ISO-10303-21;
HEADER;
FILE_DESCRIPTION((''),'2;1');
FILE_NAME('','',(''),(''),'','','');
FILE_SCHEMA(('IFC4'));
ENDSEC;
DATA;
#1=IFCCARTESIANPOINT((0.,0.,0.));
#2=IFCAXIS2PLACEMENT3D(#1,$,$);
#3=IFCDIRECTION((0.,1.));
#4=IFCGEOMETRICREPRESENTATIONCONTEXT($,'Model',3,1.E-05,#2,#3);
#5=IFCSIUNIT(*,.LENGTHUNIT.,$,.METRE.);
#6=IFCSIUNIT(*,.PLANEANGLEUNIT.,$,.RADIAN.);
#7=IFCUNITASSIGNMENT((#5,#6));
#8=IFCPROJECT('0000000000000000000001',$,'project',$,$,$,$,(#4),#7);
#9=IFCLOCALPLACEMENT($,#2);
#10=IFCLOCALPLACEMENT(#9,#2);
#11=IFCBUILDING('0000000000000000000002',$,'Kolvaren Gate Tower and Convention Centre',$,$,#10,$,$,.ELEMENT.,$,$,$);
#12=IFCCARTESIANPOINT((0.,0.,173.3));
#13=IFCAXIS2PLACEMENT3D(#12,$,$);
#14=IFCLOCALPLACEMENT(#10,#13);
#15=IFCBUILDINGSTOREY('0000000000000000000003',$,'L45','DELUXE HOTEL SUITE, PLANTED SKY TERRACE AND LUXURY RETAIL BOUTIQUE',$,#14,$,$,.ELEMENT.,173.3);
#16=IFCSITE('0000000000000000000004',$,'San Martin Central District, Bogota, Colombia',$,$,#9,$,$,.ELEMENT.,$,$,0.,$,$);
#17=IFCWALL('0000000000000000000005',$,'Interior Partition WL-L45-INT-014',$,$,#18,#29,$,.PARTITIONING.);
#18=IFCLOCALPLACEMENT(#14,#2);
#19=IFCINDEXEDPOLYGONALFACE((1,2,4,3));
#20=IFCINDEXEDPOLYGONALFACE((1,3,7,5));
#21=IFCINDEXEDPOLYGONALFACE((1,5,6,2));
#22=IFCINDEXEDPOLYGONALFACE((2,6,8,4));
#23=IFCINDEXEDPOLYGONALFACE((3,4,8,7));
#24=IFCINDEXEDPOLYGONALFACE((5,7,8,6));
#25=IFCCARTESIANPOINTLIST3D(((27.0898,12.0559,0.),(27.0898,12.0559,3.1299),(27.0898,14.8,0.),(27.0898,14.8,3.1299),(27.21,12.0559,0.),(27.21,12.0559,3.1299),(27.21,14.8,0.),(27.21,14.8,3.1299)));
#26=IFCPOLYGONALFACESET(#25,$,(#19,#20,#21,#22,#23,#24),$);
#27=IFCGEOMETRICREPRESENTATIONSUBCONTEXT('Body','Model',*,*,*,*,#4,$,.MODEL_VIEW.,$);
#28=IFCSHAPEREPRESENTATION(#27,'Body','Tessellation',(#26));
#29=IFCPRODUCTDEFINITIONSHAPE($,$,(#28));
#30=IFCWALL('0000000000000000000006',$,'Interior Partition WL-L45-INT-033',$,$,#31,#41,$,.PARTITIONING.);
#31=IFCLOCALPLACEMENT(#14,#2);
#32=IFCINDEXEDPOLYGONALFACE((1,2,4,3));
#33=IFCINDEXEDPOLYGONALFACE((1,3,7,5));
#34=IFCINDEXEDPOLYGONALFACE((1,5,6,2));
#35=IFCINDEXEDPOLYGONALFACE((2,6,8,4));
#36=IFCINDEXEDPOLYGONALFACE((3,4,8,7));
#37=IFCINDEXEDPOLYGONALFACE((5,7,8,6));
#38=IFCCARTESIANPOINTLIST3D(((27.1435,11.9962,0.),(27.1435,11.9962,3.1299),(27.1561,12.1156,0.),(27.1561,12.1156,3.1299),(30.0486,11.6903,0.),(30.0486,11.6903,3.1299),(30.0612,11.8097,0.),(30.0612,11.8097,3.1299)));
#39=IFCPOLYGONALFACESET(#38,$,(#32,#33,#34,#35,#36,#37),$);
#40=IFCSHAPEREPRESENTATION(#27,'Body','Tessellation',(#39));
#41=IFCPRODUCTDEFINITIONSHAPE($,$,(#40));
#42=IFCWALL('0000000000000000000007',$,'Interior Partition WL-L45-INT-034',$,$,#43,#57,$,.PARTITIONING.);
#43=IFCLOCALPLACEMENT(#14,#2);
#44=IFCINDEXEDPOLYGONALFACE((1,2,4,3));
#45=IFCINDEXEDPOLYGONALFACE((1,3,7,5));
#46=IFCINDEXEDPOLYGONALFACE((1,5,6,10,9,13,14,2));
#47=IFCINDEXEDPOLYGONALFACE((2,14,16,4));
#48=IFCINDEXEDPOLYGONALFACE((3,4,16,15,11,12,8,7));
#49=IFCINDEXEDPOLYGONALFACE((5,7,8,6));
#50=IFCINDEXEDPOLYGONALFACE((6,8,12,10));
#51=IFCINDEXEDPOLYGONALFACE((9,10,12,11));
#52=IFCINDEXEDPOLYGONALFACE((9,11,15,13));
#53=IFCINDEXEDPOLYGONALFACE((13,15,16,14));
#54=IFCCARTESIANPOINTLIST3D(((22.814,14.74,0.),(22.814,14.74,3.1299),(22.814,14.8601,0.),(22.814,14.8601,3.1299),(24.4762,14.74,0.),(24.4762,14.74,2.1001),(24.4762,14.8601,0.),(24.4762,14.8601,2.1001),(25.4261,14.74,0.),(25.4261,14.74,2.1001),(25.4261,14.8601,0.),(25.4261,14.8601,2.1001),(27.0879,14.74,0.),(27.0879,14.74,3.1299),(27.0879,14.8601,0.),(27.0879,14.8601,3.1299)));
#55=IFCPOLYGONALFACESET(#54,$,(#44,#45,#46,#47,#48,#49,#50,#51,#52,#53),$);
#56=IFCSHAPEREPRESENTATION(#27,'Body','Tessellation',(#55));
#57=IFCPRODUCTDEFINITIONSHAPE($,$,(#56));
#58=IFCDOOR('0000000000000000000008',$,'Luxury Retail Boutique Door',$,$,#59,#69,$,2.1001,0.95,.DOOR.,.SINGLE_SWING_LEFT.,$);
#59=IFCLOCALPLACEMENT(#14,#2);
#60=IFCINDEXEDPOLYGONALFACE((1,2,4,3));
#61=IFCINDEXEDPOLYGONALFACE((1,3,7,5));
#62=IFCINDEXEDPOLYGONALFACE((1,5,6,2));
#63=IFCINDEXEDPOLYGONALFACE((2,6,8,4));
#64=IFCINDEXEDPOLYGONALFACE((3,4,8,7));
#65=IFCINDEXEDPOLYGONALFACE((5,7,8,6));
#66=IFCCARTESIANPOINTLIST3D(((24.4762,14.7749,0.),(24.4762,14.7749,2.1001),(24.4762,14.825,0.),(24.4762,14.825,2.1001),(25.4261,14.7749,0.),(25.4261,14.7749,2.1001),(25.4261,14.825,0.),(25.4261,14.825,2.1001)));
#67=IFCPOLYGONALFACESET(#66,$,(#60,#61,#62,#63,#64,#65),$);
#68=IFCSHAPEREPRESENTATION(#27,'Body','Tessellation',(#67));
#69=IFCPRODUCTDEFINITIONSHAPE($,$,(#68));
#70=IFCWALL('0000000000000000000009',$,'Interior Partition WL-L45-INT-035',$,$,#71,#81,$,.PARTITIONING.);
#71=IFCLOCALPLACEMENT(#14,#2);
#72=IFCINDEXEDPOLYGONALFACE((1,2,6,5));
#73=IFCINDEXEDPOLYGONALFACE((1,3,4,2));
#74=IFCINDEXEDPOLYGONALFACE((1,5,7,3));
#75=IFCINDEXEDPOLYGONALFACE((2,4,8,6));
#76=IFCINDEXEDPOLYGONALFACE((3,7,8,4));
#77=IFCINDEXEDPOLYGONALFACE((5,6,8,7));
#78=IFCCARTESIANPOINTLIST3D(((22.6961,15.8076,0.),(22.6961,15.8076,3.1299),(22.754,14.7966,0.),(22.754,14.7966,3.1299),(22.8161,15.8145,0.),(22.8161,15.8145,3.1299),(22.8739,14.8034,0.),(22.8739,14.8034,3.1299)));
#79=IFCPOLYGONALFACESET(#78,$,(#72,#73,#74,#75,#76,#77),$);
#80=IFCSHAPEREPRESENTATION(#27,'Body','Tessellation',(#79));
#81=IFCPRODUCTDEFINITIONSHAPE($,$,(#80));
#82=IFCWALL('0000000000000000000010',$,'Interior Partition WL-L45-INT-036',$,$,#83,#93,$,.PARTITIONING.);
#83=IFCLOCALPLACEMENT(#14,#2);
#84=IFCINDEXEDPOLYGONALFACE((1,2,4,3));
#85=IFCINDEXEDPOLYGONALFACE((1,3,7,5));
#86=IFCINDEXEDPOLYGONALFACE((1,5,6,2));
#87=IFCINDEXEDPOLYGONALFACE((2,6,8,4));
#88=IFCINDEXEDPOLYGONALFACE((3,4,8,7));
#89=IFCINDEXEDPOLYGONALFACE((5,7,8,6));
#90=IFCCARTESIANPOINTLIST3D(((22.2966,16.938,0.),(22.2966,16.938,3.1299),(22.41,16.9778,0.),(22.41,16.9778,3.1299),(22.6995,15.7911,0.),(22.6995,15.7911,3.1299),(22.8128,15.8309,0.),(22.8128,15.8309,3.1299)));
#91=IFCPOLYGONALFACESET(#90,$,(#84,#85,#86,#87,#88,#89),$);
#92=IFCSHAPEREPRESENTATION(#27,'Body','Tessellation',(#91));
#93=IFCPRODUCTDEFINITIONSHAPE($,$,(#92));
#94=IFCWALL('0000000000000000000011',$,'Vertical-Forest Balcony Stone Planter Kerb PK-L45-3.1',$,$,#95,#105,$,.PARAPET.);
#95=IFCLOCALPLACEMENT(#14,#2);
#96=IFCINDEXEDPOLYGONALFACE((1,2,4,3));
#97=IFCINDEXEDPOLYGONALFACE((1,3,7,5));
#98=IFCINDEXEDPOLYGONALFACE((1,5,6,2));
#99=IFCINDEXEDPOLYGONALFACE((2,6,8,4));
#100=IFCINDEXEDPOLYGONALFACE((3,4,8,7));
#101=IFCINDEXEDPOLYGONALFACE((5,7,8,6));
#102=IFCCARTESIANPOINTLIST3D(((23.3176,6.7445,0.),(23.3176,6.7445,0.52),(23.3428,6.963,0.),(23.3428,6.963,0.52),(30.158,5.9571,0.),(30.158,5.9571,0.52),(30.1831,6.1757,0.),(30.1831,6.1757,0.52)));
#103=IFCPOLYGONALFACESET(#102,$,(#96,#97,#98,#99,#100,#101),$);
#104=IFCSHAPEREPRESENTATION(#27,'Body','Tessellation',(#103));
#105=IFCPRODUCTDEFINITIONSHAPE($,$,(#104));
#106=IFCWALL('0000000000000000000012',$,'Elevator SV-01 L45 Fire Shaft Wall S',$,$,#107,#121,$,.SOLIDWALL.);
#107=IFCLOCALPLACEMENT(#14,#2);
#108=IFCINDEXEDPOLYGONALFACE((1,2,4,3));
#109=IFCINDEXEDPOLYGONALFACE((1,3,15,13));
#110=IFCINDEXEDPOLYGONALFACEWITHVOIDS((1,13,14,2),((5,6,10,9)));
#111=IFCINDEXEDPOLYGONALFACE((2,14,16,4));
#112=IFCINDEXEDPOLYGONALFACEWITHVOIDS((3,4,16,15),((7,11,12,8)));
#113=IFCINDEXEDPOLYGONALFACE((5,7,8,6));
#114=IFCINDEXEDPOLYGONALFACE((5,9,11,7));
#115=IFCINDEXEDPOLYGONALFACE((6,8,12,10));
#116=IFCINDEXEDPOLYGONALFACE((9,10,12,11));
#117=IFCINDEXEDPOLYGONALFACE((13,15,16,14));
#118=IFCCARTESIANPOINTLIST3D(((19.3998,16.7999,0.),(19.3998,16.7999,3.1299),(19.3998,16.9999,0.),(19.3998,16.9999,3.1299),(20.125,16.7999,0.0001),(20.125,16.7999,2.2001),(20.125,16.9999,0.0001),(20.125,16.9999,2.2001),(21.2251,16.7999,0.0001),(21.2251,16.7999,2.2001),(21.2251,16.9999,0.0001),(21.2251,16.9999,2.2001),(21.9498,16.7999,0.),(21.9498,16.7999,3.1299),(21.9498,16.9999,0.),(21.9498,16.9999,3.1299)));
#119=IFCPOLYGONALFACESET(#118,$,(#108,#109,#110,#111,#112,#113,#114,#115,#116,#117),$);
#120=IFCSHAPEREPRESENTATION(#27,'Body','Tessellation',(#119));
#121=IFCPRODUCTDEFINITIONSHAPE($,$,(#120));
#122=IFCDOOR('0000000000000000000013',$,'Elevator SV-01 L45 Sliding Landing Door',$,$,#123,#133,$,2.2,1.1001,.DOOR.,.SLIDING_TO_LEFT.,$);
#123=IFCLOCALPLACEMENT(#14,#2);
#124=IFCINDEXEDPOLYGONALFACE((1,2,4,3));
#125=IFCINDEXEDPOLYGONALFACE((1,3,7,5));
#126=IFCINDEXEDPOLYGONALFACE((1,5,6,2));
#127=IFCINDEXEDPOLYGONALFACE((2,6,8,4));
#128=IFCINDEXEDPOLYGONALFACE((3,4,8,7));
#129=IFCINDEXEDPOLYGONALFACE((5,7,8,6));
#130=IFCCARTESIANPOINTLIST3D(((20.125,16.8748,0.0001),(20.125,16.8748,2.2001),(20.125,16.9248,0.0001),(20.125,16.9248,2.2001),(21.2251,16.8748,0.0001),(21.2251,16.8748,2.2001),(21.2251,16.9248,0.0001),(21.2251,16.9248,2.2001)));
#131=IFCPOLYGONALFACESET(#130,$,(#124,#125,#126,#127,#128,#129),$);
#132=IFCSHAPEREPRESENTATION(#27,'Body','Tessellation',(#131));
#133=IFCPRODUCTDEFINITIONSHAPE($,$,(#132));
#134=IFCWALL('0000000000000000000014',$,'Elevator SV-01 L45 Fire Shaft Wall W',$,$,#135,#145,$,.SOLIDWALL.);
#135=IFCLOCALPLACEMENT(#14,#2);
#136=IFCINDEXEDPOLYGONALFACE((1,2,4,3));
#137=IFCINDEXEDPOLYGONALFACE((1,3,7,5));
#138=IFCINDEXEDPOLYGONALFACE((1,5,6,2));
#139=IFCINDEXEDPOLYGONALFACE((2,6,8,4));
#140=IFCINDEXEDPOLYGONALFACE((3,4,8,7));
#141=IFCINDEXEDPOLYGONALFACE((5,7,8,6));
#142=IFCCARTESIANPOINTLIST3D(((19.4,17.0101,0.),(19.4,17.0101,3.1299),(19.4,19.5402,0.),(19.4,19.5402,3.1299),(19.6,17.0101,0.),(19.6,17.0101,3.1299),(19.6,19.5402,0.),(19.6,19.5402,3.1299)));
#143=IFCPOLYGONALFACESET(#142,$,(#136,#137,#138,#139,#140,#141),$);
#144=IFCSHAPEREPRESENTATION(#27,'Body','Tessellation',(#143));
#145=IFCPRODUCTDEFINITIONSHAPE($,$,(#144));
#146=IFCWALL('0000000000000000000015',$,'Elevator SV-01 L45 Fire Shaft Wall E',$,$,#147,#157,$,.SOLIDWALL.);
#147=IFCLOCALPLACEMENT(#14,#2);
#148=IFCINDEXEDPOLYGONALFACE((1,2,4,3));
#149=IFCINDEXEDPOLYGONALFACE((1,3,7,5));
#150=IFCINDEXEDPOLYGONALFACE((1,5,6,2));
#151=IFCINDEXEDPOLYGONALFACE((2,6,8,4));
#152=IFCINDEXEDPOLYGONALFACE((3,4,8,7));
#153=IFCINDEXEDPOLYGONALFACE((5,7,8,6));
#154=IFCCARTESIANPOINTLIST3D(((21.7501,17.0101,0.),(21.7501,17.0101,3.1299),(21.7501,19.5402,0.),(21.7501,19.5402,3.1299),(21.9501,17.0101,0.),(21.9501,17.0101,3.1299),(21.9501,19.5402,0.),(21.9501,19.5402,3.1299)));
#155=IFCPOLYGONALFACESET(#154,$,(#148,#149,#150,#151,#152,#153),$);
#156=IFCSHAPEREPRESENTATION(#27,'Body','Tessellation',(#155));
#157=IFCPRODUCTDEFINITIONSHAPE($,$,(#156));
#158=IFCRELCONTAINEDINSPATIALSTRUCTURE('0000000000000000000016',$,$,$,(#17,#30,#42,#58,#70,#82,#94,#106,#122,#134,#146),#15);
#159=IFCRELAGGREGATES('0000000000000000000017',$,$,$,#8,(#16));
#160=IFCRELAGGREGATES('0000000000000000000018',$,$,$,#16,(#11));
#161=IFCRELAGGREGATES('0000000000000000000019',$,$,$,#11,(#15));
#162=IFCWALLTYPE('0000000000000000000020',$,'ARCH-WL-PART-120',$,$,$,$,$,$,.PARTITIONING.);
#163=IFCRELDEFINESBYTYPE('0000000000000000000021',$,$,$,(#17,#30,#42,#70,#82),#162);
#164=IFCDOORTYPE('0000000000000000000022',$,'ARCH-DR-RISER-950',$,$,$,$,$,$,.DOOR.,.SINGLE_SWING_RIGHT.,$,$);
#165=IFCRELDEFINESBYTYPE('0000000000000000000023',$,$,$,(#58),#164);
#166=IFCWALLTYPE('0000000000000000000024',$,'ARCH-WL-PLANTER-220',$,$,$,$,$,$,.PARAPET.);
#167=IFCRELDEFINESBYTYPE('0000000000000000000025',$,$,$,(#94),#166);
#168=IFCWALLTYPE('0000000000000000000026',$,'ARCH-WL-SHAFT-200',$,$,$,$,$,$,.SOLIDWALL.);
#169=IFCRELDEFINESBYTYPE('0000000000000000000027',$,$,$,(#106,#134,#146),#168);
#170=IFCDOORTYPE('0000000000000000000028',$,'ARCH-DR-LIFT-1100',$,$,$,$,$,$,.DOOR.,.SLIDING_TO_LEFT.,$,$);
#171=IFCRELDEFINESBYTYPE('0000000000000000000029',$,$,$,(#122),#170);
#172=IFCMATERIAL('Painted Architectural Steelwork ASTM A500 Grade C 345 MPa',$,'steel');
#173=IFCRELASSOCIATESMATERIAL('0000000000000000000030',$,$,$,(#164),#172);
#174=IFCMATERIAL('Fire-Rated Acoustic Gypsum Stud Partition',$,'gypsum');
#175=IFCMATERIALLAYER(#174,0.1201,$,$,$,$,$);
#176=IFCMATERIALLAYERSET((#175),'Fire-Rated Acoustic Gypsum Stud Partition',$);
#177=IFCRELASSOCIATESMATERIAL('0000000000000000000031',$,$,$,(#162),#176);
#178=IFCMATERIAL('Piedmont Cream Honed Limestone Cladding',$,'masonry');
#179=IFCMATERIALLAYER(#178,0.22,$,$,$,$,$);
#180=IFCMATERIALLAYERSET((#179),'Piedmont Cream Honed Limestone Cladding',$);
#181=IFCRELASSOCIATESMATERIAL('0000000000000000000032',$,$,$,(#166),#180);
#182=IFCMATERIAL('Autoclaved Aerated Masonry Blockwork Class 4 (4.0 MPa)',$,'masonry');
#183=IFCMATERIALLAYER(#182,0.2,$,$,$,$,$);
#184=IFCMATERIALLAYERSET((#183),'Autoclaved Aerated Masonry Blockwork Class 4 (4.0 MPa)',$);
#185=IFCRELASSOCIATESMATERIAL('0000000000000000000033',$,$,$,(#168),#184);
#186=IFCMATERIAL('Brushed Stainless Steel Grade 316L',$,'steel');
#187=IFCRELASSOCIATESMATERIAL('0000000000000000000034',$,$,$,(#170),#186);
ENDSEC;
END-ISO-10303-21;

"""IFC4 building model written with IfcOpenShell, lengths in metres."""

from ifc_helpers import new_model, si_unit, direction, frame, frame_2d, origin, place, context, subcontext, project, spatial, rectangle, extrude, material, layer, layer_set, type_object, element, fill, save


model = new_model("IFC4")

# Units and contexts
model_context = context("Model", 3, precision=1e-05, world=origin(), true_north=direction((0.0, 1.0)))
body_context = subcontext(model_context, "Body", "Model", "MODEL_VIEW")
ifc_project = project(units=[si_unit("LENGTHUNIT", "METRE"), si_unit("PLANEANGLEUNIT", "RADIAN")], contexts=[model_context])

# Site, building, storey
site_placement = place(None, origin())
site = spatial("IfcSite", under=ifc_project, at=site_placement, Name="San Martin Central District, Bogota, Colombia", CompositionType="ELEMENT", RefElevation=0.0)
building_placement = place(site_placement, origin())
building = spatial("IfcBuilding", under=site, at=building_placement, Name="Kolvaren Gate Tower and Convention Centre", CompositionType="ELEMENT")
storey_placement = place(building_placement, frame((0.0, 0.0, 173.3)))
storey = spatial("IfcBuildingStorey", under=building, at=storey_placement, Name="L45", Description="DELUXE HOTEL SUITE, PLANTED SKY TERRACE AND LUXURY RETAIL BOUTIQUE", CompositionType="ELEMENT", Elevation=173.3)

# Shared definitions
ifc_material_1 = material(Name="Autoclaved Aerated Masonry Blockwork Class 4 (4.0 MPa)", Category="masonry")
ifc_material_2 = material(Name="Painted Architectural Steelwork ASTM A500 Grade C 345 MPa", Category="steel")
door_type_1 = type_object("IfcDoorType", Name="ARCH-DR-RISER-950", OperationType="SINGLE_SWING_RIGHT", PredefinedType="DOOR", material=ifc_material_2)

# Walls
ifc_material_3 = material(Name="Fire-Rated Acoustic Gypsum Stud Partition", Category="gypsum")
ifc_layer_1 = layer(ifc_material_3, 0.1201)
ifc_layer_set_1 = layer_set([ifc_layer_1], Name="Fire-Rated Acoustic Gypsum Stud Partition")
wall_type_1 = type_object("IfcWallType", Name="ARCH-WL-PART-120", PredefinedType="PARTITIONING", material=ifc_layer_set_1)
wall_1_placement = place(storey_placement, frame((27.1499, 12.0559, 0.0), z_axis=(0.0, 0.0, 1.0), x_axis=(0.0, 1.0, 0.0)))
element("IfcWall", 1, at=wall_1_placement, inside=storey, type_object=wall_type_1, Name="Interior Partition WL-L45-INT-014", PredefinedType="PARTITIONING", context=body_context, shape_type="SweptSolid", body=[
    extrude(rectangle(XDim=2.7441, YDim=0.1201, at=frame_2d((1.3721, 0.0))), origin(), (0.0, 0.0, 1.0), 3.1299),
])
wall_2_placement = place(storey_placement, frame((27.1499, 12.0559, 0.0), z_axis=(0.0, 0.0, 1.0), x_axis=(0.994501, -0.104724, 0.0)))
element("IfcWall", 2, at=wall_2_placement, inside=storey, type_object=wall_type_1, Name="Interior Partition WL-L45-INT-033", PredefinedType="PARTITIONING", context=body_context, shape_type="SweptSolid", body=[
    extrude(rectangle(XDim=2.9211, YDim=0.1201, at=frame_2d((1.4604, 0.0))), origin(), (0.0, 0.0, 1.0), 3.1299),
])

# Wall, opening, door
wall_3_placement = place(storey_placement, frame((22.814, 14.8, 0.0), z_axis=(0.0, 0.0, 1.0), x_axis=(1.0, 0.0, 0.0)))
wall_3 = element("IfcWall", 3, at=wall_3_placement, inside=storey, type_object=wall_type_1, Name="Interior Partition WL-L45-INT-034", PredefinedType="PARTITIONING", context=body_context, shape_type="SweptSolid", body=[
    extrude(rectangle(XDim=4.2739, YDim=0.1201, at=frame_2d((2.137, 0.0))), origin(), (0.0, 0.0, 1.0), 3.1299),
])
opening_1_placement = place(wall_3_placement, frame((1.6621, 0.0, 0.0)))
opening_1 = element("IfcOpeningElement", 4, at=opening_1_placement, cuts=wall_3, PredefinedType="OPENING", context=body_context, shape_type="SweptSolid", body=[
    extrude(rectangle(XDim=0.95, YDim=2.1001, at=frame_2d((0.4751, 1.05))), frame((0.0, 0.0701, 0.0), z_axis=(0.0, -1.0, 0.0), x_axis=(1.0, 0.0, 0.0)), (0.0, 0.0, 1.0), 0.1401),
])
door_1_placement = place(opening_1_placement, origin())
door_1 = element("IfcDoor", 5, at=door_1_placement, inside=storey, type_object=door_type_1, Name="Luxury Retail Boutique Door", OperationType="SINGLE_SWING_LEFT", OverallHeight=2.1001, OverallWidth=0.95, PredefinedType="DOOR", context=body_context, shape_type="SweptSolid", body=[
    extrude(rectangle(XDim=0.95, YDim=2.1001, at=frame_2d((0.4751, 1.05))), frame((0.0, 0.0249, 0.0), z_axis=(0.0, -1.0, 0.0), x_axis=(1.0, 0.0, 0.0)), (0.0, 0.0, 1.0), 0.05),
])
fill(opening_1, door_1)

# Walls
wall_4_placement = place(storey_placement, frame((22.7561, 15.811, 0.0), z_axis=(0.0, 0.0, 1.0), x_axis=(0.057139, -0.998366, 0.0)))
element("IfcWall", 6, at=wall_4_placement, inside=storey, type_object=wall_type_1, Name="Interior Partition WL-L45-INT-035", PredefinedType="PARTITIONING", context=body_context, shape_type="SweptSolid", body=[
    extrude(rectangle(XDim=1.0127, YDim=0.1201, at=frame_2d((0.5063, 0.0))), origin(), (0.0, 0.0, 1.0), 3.1299),
])
wall_5_placement = place(storey_placement, frame((22.3533, 16.958, 0.0), z_axis=(0.0, 0.0, 1.0), x_axis=(0.33137, -0.943501, 0.0)))
element("IfcWall", 7, at=wall_5_placement, inside=storey, type_object=wall_type_1, Name="Interior Partition WL-L45-INT-036", PredefinedType="PARTITIONING", context=body_context, shape_type="SweptSolid", body=[
    extrude(rectangle(XDim=1.2156, YDim=0.1201, at=frame_2d((0.6079, 0.0))), origin(), (0.0, 0.0, 1.0), 3.1299),
])
ifc_material_4 = material(Name="Piedmont Cream Honed Limestone Cladding", Category="masonry")
ifc_layer_2 = layer(ifc_material_4, 0.22)
ifc_layer_set_2 = layer_set([ifc_layer_2], Name="Piedmont Cream Honed Limestone Cladding")
wall_type_2 = type_object("IfcWallType", Name="ARCH-WL-PLANTER-220", PredefinedType="PARAPET", material=ifc_layer_set_2)
wall_6_placement = place(storey_placement, frame((23.3301, 6.8538, 0.0), z_axis=(0.0, 0.0, 1.0), x_axis=(0.993441, -0.11435, 0.0)))
element("IfcWall", 8, at=wall_6_placement, inside=storey, type_object=wall_type_2, Name="Vertical-Forest Balcony Stone Planter Kerb PK-L45-3.1", PredefinedType="PARAPET", context=body_context, shape_type="SweptSolid", body=[
    extrude(rectangle(XDim=6.8855, YDim=0.22, at=frame_2d((3.4429, 0.0))), origin(), (0.0, 0.0, 1.0), 0.52),
])

# Wall, opening, door
ifc_layer_3 = layer(ifc_material_1, 0.2)
ifc_layer_set_3 = layer_set([ifc_layer_3], Name="Autoclaved Aerated Masonry Blockwork Class 4 (4.0 MPa)")
wall_type_3 = type_object("IfcWallType", Name="ARCH-WL-SHAFT-200", PredefinedType="SOLIDWALL", material=ifc_layer_set_3)
wall_7_placement = place(storey_placement, frame((19.3999, 16.8999, 0.0), z_axis=(0.0, 0.0, 1.0), x_axis=(1.0, 0.0, 0.0)))
wall_7 = element("IfcWall", 9, at=wall_7_placement, inside=storey, type_object=wall_type_3, Name="Elevator SV-01 L45 Fire Shaft Wall S", PredefinedType="SOLIDWALL", context=body_context, shape_type="SweptSolid", body=[
    extrude(rectangle(XDim=2.55, YDim=0.2, at=frame_2d((1.2749, 0.0))), origin(), (0.0, 0.0, 1.0), 3.1299),
])
opening_2_placement = place(wall_7_placement, frame((0.7251, 0.0, 0.0)))
opening_2 = element("IfcOpeningElement", 10, at=opening_2_placement, cuts=wall_7, PredefinedType="OPENING", context=body_context, shape_type="SweptSolid", body=[
    extrude(rectangle(XDim=1.1001, YDim=2.2, at=frame_2d((0.55, 1.1001))), frame((0.0, 0.1099, 0.0), z_axis=(0.0, -1.0, 0.0), x_axis=(1.0, 0.0, 0.0)), (0.0, 0.0, 1.0), 0.22),
])
ifc_material_5 = material(Name="Brushed Stainless Steel Grade 316L", Category="steel")
door_type_2 = type_object("IfcDoorType", Name="ARCH-DR-LIFT-1100", OperationType="SLIDING_TO_LEFT", PredefinedType="DOOR", material=ifc_material_5)
door_2_placement = place(opening_2_placement, origin())
door_2 = element("IfcDoor", 11, at=door_2_placement, inside=storey, type_object=door_type_2, Name="Elevator SV-01 L45 Sliding Landing Door", OperationType="SLIDING_TO_LEFT", OverallHeight=2.2, OverallWidth=1.1001, PredefinedType="DOOR", context=body_context, shape_type="SweptSolid", body=[
    extrude(rectangle(XDim=1.1001, YDim=2.2, at=frame_2d((0.55, 1.1001))), frame((0.0, 0.0249, 0.0), z_axis=(0.0, -1.0, 0.0), x_axis=(1.0, 0.0, 0.0)), (0.0, 0.0, 1.0), 0.05),
])
fill(opening_2, door_2)

# Walls
for number, where, z_axis, x_axis, name in (
    (12, (19.5, 17.01, 0.0), (0.0, 0.0, 1.0), (0.0, 1.0, 0.0), "Elevator SV-01 L45 Fire Shaft Wall W"),
    (13, (21.8501, 17.01, 0.0), (0.0, 0.0, 1.0), (0.0, 1.0, 0.0), "Elevator SV-01 L45 Fire Shaft Wall E"),
):
    element("IfcWall", number, at=place(storey_placement, frame(where, z_axis=z_axis, x_axis=x_axis)), inside=storey, type_object=wall_type_3, Name=name, PredefinedType="SOLIDWALL", context=body_context, shape_type="SweptSolid", body=[
        extrude(rectangle(XDim=2.53, YDim=0.2, at=frame_2d((1.2651, 0.0))), origin(), (0.0, 0.0, 1.0), 3.1299),
    ])

save(model, "model.ifc")
